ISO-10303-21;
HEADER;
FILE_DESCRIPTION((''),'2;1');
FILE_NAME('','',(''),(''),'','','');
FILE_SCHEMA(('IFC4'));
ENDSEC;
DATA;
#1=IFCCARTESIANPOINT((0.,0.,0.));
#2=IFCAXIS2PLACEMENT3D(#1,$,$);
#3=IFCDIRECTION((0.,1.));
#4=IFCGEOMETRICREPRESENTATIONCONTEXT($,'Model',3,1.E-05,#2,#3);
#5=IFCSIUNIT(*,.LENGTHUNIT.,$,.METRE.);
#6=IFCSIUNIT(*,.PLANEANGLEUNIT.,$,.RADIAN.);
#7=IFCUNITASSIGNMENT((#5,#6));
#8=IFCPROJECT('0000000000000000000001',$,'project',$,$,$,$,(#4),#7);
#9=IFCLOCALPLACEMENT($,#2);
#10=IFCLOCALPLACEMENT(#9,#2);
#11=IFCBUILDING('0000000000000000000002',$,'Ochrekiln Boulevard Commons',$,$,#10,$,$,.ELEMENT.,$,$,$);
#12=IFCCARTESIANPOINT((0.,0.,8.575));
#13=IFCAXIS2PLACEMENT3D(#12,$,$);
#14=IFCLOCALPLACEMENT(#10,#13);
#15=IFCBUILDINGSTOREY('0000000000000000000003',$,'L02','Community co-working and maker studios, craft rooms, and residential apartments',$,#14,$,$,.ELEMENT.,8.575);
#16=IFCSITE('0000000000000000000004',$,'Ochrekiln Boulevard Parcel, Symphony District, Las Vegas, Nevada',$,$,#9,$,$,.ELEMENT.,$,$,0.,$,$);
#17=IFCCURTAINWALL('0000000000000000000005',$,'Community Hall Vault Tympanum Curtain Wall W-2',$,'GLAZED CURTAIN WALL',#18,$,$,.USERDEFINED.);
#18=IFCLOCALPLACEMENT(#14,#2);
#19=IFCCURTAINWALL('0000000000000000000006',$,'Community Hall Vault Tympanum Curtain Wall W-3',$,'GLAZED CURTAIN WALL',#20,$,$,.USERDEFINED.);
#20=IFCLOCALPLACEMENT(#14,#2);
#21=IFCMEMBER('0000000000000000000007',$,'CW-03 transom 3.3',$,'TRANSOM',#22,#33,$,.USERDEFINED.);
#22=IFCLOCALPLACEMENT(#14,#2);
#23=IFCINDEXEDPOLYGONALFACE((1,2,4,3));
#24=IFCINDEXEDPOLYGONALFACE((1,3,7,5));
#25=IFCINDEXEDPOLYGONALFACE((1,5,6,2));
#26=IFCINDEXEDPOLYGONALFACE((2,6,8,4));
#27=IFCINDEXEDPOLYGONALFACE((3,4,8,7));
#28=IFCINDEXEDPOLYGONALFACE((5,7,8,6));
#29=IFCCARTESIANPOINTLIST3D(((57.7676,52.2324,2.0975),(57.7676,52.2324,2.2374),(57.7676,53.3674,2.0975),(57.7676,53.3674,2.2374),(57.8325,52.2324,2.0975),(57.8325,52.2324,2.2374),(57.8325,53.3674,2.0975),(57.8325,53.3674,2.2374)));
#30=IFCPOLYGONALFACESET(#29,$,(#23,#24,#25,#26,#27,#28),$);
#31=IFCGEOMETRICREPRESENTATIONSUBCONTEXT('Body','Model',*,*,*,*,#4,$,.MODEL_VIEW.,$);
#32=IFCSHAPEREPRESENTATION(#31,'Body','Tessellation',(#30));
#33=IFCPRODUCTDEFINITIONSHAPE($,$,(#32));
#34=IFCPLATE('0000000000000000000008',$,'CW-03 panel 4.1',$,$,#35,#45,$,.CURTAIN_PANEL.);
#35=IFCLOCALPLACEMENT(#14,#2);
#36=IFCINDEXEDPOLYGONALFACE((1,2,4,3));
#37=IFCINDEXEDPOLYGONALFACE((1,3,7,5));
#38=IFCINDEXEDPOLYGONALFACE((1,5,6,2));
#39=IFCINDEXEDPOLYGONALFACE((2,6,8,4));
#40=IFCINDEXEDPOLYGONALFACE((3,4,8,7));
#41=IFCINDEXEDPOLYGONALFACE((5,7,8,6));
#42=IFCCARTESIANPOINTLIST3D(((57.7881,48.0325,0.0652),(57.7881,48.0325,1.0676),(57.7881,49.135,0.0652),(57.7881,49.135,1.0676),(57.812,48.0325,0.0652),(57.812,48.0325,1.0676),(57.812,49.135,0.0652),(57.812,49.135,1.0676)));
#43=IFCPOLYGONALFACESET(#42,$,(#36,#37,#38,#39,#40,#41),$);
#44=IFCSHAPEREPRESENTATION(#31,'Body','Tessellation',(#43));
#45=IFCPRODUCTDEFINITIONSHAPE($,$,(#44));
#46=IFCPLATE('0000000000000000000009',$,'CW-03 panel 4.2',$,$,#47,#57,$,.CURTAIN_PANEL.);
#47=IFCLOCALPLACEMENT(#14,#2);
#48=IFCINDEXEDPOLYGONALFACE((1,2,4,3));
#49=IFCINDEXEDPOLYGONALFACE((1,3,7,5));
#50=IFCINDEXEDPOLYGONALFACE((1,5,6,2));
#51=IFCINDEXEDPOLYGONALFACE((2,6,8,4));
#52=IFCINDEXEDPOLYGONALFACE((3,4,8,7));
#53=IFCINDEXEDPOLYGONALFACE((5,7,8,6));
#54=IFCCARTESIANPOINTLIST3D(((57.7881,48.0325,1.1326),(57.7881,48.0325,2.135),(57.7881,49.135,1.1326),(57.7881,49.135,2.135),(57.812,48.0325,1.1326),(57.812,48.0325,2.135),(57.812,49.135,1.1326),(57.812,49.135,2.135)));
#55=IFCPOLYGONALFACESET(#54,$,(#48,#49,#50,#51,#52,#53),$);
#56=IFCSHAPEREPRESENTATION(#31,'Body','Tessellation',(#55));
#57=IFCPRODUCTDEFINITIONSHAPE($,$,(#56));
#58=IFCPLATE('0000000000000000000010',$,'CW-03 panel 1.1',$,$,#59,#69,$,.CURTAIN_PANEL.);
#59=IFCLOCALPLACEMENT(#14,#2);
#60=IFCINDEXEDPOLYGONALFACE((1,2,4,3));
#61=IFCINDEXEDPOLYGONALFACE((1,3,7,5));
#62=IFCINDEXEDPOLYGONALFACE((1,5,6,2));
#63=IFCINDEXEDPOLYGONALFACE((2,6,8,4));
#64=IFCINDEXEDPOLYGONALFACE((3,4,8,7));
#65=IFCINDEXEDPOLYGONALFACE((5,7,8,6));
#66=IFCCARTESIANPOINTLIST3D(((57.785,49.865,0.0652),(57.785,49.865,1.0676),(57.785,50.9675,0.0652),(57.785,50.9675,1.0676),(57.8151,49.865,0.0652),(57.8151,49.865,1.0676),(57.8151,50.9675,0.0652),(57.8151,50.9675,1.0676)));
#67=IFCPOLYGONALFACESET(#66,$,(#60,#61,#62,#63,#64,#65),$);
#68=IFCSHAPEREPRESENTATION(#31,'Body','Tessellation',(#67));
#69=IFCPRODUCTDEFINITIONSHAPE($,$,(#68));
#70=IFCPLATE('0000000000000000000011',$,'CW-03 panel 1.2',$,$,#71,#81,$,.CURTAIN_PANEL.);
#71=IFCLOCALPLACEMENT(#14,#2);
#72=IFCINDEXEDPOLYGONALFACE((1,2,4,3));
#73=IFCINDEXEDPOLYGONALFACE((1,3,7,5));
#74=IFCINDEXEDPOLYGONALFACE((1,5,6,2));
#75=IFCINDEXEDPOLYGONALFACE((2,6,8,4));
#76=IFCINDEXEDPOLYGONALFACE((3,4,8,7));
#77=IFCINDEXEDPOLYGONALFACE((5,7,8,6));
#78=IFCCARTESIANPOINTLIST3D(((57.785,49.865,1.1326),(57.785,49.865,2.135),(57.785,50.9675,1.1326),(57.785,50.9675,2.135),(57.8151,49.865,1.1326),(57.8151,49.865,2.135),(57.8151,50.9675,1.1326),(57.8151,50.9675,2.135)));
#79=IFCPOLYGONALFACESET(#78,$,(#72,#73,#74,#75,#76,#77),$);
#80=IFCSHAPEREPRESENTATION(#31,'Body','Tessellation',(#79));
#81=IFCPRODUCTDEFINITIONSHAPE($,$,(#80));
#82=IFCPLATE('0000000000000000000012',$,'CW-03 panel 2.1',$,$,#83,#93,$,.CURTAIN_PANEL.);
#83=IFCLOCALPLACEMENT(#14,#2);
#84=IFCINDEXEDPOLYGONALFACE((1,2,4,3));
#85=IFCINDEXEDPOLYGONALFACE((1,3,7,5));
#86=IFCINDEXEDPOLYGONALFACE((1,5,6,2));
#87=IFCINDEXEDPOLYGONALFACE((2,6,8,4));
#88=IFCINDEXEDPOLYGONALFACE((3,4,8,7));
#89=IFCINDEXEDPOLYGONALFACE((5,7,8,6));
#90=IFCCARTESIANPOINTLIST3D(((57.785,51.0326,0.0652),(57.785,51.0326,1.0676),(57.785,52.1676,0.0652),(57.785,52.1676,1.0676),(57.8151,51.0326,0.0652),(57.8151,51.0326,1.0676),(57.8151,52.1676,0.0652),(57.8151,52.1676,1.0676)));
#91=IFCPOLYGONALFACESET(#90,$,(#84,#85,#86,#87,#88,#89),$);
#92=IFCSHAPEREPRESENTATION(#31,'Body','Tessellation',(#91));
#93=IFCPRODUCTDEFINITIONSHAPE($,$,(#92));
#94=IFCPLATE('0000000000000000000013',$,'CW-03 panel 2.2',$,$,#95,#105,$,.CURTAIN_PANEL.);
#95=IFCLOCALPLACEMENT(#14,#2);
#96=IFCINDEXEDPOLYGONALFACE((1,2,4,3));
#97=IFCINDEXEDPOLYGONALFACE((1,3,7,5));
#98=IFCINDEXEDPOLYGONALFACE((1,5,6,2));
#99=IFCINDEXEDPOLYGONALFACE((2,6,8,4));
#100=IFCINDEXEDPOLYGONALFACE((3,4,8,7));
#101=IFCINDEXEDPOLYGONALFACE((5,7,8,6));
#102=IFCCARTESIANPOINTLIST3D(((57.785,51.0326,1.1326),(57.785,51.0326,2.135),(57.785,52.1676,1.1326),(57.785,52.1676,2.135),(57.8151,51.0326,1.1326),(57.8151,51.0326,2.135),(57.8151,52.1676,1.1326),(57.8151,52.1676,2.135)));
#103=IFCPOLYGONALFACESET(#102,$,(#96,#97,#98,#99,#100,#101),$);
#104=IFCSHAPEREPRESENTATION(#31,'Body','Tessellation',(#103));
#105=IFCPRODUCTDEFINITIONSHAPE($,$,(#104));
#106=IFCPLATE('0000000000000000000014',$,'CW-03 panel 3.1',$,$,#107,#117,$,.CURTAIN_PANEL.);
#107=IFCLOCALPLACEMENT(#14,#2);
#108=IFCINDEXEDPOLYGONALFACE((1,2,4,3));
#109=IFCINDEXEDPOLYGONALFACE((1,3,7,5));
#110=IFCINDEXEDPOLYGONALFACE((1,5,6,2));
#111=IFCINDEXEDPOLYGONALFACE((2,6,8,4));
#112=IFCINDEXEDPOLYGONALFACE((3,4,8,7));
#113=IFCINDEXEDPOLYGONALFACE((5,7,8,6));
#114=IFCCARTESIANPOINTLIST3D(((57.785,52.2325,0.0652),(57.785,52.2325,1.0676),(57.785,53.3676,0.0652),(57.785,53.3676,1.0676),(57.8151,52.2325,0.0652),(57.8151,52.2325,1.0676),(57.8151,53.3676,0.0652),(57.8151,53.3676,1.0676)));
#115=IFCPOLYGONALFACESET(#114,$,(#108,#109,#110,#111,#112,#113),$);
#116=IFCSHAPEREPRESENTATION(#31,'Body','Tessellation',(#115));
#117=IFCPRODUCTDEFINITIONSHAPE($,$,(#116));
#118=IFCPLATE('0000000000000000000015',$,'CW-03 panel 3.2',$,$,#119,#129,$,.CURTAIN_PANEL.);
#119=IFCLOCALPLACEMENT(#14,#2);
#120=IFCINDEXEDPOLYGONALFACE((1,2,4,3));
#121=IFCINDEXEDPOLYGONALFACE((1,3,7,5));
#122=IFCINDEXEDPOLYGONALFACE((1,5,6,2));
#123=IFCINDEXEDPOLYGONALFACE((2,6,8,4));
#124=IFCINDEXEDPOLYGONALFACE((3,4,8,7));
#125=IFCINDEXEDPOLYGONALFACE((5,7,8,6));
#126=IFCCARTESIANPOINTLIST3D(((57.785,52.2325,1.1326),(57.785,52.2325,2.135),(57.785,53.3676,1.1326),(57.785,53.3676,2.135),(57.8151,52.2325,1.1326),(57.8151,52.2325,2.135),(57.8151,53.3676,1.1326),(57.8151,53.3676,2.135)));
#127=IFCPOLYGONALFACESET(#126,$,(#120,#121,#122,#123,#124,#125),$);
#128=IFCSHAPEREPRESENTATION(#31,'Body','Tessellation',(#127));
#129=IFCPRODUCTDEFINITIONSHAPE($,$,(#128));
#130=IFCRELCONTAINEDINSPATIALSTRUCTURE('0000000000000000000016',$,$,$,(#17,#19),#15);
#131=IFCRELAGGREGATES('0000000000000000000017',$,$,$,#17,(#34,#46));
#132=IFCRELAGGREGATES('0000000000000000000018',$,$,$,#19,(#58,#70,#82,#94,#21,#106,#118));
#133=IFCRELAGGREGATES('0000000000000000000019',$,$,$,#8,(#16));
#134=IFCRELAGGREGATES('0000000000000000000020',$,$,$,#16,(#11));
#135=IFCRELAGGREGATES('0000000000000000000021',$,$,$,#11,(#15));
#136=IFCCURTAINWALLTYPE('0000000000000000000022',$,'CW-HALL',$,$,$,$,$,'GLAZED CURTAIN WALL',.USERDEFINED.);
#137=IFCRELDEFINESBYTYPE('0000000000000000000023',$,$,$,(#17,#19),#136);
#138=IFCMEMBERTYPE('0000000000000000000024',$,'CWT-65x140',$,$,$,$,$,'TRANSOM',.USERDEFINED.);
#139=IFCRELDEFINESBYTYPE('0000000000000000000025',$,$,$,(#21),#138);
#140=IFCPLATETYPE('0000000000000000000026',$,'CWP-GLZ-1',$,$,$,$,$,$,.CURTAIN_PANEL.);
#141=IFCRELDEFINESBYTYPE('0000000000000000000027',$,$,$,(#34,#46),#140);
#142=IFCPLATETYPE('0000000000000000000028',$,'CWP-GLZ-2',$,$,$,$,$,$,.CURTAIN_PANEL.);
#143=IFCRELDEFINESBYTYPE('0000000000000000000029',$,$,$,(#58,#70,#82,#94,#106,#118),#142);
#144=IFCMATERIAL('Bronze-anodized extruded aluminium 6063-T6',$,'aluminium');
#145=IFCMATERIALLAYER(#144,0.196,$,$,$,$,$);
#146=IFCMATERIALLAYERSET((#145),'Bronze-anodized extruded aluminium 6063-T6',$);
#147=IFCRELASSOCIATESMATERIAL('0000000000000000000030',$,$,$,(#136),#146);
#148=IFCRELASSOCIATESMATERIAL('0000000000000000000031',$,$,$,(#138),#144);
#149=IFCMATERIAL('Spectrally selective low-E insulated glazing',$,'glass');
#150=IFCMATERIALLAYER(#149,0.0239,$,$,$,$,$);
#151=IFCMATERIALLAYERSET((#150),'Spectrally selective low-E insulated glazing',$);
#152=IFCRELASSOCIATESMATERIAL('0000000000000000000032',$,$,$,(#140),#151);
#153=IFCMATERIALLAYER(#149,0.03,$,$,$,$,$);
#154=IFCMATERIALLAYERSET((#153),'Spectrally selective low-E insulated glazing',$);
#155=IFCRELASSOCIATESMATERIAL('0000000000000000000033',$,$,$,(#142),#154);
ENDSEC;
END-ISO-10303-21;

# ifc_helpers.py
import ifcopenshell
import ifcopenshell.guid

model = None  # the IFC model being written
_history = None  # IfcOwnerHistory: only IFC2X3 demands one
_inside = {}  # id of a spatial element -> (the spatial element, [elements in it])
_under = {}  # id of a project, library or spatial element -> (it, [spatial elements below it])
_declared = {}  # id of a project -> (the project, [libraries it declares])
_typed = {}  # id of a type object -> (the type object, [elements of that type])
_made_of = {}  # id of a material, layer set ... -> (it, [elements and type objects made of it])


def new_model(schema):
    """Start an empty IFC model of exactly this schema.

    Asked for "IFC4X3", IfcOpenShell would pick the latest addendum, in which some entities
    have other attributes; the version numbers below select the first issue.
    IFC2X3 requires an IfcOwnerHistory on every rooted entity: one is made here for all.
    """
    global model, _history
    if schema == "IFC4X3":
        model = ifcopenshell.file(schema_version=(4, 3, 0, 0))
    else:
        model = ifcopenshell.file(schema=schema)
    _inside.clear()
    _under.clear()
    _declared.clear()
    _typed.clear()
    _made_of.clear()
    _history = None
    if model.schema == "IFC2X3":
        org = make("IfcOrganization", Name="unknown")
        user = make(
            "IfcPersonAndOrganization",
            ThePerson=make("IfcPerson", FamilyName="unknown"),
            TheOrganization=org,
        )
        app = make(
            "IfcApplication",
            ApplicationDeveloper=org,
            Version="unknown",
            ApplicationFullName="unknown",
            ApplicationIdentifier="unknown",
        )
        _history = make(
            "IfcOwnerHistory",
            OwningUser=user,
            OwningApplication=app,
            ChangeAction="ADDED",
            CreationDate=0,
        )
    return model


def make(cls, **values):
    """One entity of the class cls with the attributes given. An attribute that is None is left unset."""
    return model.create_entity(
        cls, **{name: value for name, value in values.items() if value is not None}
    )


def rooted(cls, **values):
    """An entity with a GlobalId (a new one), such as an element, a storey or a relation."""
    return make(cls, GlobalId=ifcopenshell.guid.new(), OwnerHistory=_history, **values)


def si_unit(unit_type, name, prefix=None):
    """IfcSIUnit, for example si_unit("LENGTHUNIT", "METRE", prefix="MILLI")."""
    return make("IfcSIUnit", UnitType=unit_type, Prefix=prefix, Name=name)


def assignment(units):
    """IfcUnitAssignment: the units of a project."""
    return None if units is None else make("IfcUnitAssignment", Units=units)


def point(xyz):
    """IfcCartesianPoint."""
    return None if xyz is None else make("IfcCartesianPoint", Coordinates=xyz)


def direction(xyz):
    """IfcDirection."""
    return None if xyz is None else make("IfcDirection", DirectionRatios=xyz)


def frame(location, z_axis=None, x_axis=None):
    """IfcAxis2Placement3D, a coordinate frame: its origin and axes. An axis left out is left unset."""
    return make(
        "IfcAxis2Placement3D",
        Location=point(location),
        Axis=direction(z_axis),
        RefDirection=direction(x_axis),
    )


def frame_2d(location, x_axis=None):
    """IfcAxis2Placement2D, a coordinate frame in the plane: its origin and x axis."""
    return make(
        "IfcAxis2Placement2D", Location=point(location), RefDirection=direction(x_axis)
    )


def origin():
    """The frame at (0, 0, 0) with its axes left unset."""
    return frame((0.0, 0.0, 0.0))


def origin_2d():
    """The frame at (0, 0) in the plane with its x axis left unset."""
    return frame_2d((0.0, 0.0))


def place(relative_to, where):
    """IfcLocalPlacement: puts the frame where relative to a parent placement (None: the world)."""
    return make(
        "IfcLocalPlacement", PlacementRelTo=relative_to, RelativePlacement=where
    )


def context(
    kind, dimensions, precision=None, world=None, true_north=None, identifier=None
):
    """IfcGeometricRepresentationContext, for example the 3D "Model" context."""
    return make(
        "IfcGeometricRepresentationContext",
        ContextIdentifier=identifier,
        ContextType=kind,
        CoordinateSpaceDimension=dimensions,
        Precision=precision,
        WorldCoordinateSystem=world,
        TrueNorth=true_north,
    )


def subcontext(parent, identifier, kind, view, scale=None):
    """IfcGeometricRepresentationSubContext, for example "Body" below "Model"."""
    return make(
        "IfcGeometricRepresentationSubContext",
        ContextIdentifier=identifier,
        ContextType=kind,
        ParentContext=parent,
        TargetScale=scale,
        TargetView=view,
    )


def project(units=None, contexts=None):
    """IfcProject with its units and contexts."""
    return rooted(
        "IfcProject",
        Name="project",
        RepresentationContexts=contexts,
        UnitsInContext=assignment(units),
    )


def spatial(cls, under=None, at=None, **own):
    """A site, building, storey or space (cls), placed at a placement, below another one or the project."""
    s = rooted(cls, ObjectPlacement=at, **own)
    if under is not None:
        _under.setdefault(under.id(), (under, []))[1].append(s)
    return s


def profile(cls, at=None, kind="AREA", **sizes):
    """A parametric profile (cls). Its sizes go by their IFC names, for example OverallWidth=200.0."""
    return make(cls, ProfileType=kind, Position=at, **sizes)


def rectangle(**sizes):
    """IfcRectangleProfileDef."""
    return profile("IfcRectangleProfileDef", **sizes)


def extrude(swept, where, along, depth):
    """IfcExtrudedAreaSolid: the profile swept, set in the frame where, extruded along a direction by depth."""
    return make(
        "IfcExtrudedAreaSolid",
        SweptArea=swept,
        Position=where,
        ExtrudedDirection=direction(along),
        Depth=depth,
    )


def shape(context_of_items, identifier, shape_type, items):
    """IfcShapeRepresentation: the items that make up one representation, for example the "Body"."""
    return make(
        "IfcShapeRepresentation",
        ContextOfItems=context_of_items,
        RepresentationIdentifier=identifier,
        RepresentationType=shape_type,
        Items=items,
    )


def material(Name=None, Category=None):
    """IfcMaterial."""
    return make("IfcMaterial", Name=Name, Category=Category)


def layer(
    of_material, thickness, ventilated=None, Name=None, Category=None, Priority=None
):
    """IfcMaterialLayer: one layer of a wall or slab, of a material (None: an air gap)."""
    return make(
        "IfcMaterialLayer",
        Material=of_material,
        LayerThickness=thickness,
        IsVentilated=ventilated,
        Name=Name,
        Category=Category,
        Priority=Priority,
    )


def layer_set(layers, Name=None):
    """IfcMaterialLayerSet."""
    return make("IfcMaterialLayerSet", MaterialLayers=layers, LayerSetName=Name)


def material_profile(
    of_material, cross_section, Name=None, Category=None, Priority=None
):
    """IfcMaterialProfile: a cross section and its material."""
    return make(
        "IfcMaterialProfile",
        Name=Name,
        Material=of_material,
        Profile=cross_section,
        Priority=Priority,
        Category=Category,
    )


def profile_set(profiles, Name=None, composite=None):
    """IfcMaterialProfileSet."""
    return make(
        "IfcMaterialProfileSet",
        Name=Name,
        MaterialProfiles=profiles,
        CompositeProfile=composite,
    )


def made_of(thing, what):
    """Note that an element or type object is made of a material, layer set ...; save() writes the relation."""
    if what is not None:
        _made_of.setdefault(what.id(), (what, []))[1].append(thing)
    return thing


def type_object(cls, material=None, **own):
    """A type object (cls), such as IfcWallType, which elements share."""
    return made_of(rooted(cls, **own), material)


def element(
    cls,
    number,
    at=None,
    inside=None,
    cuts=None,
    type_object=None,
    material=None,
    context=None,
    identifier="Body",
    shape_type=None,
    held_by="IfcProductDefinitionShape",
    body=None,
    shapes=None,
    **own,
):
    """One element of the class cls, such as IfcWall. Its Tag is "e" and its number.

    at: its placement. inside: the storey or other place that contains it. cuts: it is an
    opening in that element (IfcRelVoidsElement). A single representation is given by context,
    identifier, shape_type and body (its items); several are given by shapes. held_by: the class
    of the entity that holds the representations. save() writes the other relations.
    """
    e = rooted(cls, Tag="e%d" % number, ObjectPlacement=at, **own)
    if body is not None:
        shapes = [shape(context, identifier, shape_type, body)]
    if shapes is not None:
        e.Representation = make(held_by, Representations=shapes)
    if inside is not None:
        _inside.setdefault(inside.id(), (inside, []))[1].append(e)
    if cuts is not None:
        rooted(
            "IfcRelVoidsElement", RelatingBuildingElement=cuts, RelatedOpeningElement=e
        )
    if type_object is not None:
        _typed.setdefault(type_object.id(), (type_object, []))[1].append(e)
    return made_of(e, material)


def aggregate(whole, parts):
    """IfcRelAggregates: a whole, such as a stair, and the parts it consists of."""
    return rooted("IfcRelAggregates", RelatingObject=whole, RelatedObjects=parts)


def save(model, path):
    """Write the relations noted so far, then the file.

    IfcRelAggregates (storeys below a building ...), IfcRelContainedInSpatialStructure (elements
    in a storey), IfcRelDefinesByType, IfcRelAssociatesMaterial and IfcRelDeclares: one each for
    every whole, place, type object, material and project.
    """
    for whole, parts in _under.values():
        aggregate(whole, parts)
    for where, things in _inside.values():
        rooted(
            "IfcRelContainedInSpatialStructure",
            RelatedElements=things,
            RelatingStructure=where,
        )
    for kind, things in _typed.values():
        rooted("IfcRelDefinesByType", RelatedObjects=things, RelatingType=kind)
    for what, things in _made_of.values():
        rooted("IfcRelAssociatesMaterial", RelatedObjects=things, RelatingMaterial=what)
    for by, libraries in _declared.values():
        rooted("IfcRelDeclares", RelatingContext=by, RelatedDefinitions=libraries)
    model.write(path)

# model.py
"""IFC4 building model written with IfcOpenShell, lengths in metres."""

from ifc_helpers import new_model, si_unit, direction, frame, origin, origin_2d, place, context, subcontext, project, spatial, rectangle, extrude, material, layer, layer_set, material_profile, profile_set, type_object, element, aggregate, save


model = new_model("IFC4")

# Units and contexts
model_context = context("Model", 3, precision=1e-05, world=origin(), true_north=direction((0.0, 1.0)))
body_context = subcontext(model_context, "Body", "Model", "MODEL_VIEW")
ifc_project = project(units=[si_unit("LENGTHUNIT", "METRE"), si_unit("PLANEANGLEUNIT", "RADIAN")], contexts=[model_context])

# Site, building, storey
site_placement = place(None, origin())
site = spatial("IfcSite", under=ifc_project, at=site_placement, Name="Ochrekiln Boulevard Parcel, Symphony District, Las Vegas, Nevada", CompositionType="ELEMENT", RefElevation=0.0)
building_placement = place(site_placement, origin())
building = spatial("IfcBuilding", under=site, at=building_placement, Name="Ochrekiln Boulevard Commons", CompositionType="ELEMENT")
storey_placement = place(building_placement, frame((0.0, 0.0, 8.575)))
storey = spatial("IfcBuildingStorey", under=building, at=storey_placement, Name="L02", Description="Community co-working and maker studios, craft rooms, and residential apartments", CompositionType="ELEMENT", Elevation=8.575)

# Curtain wall
ifc_material_1 = material(Name="Bronze-anodized extruded aluminium 6063-T6", Category="aluminium")
ifc_layer_1 = layer(ifc_material_1, 0.196)
ifc_layer_set_1 = layer_set([ifc_layer_1], Name="Bronze-anodized extruded aluminium 6063-T6")
curtain_wall_type = type_object("IfcCurtainWallType", Name="CW-HALL", ElementType="GLAZED CURTAIN WALL", PredefinedType="USERDEFINED", material=ifc_layer_set_1)
curtain_wall_1_placement = place(storey_placement, origin())
curtain_wall_1 = element("IfcCurtainWall", 1, at=curtain_wall_1_placement, inside=storey, type_object=curtain_wall_type, Name="Community Hall Vault Tympanum Curtain Wall W-2", ObjectType="GLAZED CURTAIN WALL", PredefinedType="USERDEFINED")

# Curtain wall
curtain_wall_2_placement = place(storey_placement, origin())
curtain_wall_2 = element("IfcCurtainWall", 2, at=curtain_wall_2_placement, inside=storey, type_object=curtain_wall_type, Name="Community Hall Vault Tympanum Curtain Wall W-3", ObjectType="GLAZED CURTAIN WALL", PredefinedType="USERDEFINED")

# Member
ifc_material_profile_1 = material_profile(ifc_material_1, rectangle(XDim=0.0649, YDim=0.1399, at=origin_2d()), Name="ALU-TRN-65x140")
ifc_profile_set_1 = profile_set([ifc_material_profile_1], Name="Bronze-anodized extruded aluminium 6063-T6")
member_type_1 = type_object("IfcMemberType", Name="CWT-65x140", ElementType="TRANSOM", PredefinedType="USERDEFINED", material=ifc_profile_set_1)
member_1_placement = place(storey_placement, frame((57.8, 52.2324, 2.1675), z_axis=(0.0, 1.0, 0.0), x_axis=(-1.0, 0.0, 0.0)))
member_1 = element("IfcMember", 3, at=member_1_placement, type_object=member_type_1, Name="CW-03 transom 3.3", ObjectType="TRANSOM", PredefinedType="USERDEFINED", context=body_context, shape_type="SweptSolid", body=[
    extrude(rectangle(XDim=0.0649, YDim=0.1399, at=origin_2d()), origin(), (0.0, 0.0, 1.0), 1.135),
])

# Plates
ifc_material_2 = material(Name="Spectrally selective low-E insulated glazing", Category="glass")
ifc_layer_2 = layer(ifc_material_2, 0.0239)
ifc_layer_set_2 = layer_set([ifc_layer_2], Name="Spectrally selective low-E insulated glazing")
plate_type_1 = type_object("IfcPlateType", Name="CWP-GLZ-1", PredefinedType="CURTAIN_PANEL", material=ifc_layer_set_2)
plate_1_placement = place(storey_placement, frame((57.8, 48.5837, 0.0652), z_axis=(0.0, 0.0, 1.0), x_axis=(0.0, 1.0, 0.0)))
plate_1 = element("IfcPlate", 4, at=plate_1_placement, type_object=plate_type_1, Name="CW-03 panel 4.1", PredefinedType="CURTAIN_PANEL", context=body_context, shape_type="SweptSolid", body=[
    extrude(rectangle(XDim=1.1025, YDim=0.0239, at=origin_2d()), origin(), (0.0, 0.0, 1.0), 1.0024),
])
plate_2_placement = place(storey_placement, frame((57.8, 48.5837, 1.1326), z_axis=(0.0, 0.0, 1.0), x_axis=(0.0, 1.0, 0.0)))
plate_2 = element("IfcPlate", 5, at=plate_2_placement, type_object=plate_type_1, Name="CW-03 panel 4.2", PredefinedType="CURTAIN_PANEL", context=body_context, shape_type="SweptSolid", body=[
    extrude(rectangle(XDim=1.1025, YDim=0.0239, at=origin_2d()), origin(), (0.0, 0.0, 1.0), 1.0024),
])
aggregate(curtain_wall_1, [plate_1, plate_2])
ifc_layer_3 = layer(ifc_material_2, 0.03)
ifc_layer_set_3 = layer_set([ifc_layer_3], Name="Spectrally selective low-E insulated glazing")
plate_type_2 = type_object("IfcPlateType", Name="CWP-GLZ-2", PredefinedType="CURTAIN_PANEL", material=ifc_layer_set_3)
plate_3_placement = place(storey_placement, frame((57.8, 50.4163, 0.0652), z_axis=(0.0, 0.0, 1.0), x_axis=(0.0, 1.0, 0.0)))
plate_3 = element("IfcPlate", 6, at=plate_3_placement, type_object=plate_type_2, Name="CW-03 panel 1.1", PredefinedType="CURTAIN_PANEL", context=body_context, shape_type="SweptSolid", body=[
    extrude(rectangle(XDim=1.1025, YDim=0.03, at=origin_2d()), origin(), (0.0, 0.0, 1.0), 1.0024),
])
plate_4_placement = place(storey_placement, frame((57.8, 50.4163, 1.1326), z_axis=(0.0, 0.0, 1.0), x_axis=(0.0, 1.0, 0.0)))
plate_4 = element("IfcPlate", 7, at=plate_4_placement, type_object=plate_type_2, Name="CW-03 panel 1.2", PredefinedType="CURTAIN_PANEL", context=body_context, shape_type="SweptSolid", body=[
    extrude(rectangle(XDim=1.1025, YDim=0.03, at=origin_2d()), origin(), (0.0, 0.0, 1.0), 1.0024),
])
plate_5_placement = place(storey_placement, frame((57.8, 51.6001, 0.0652), z_axis=(0.0, 0.0, 1.0), x_axis=(0.0, 1.0, 0.0)))
plate_5 = element("IfcPlate", 8, at=plate_5_placement, type_object=plate_type_2, Name="CW-03 panel 2.1", PredefinedType="CURTAIN_PANEL", context=body_context, shape_type="SweptSolid", body=[
    extrude(rectangle(XDim=1.135, YDim=0.03, at=origin_2d()), origin(), (0.0, 0.0, 1.0), 1.0024),
])
plate_6_placement = place(storey_placement, frame((57.8, 51.6001, 1.1326), z_axis=(0.0, 0.0, 1.0), x_axis=(0.0, 1.0, 0.0)))
plate_6 = element("IfcPlate", 9, at=plate_6_placement, type_object=plate_type_2, Name="CW-03 panel 2.2", PredefinedType="CURTAIN_PANEL", context=body_context, shape_type="SweptSolid", body=[
    extrude(rectangle(XDim=1.135, YDim=0.03, at=origin_2d()), origin(), (0.0, 0.0, 1.0), 1.0024),
])
plate_7_placement = place(storey_placement, frame((57.8, 52.8, 0.0652), z_axis=(0.0, 0.0, 1.0), x_axis=(0.0, 1.0, 0.0)))
plate_7 = element("IfcPlate", 10, at=plate_7_placement, type_object=plate_type_2, Name="CW-03 panel 3.1", PredefinedType="CURTAIN_PANEL", context=body_context, shape_type="SweptSolid", body=[
    extrude(rectangle(XDim=1.135, YDim=0.03, at=origin_2d()), origin(), (0.0, 0.0, 1.0), 1.0024),
])
plate_8_placement = place(storey_placement, frame((57.8, 52.8, 1.1326), z_axis=(0.0, 0.0, 1.0), x_axis=(0.0, 1.0, 0.0)))
plate_8 = element("IfcPlate", 11, at=plate_8_placement, type_object=plate_type_2, Name="CW-03 panel 3.2", PredefinedType="CURTAIN_PANEL", context=body_context, shape_type="SweptSolid", body=[
    extrude(rectangle(XDim=1.135, YDim=0.03, at=origin_2d()), origin(), (0.0, 0.0, 1.0), 1.0024),
])
aggregate(curtain_wall_2, [plate_3, plate_4, plate_5, plate_6, member_1, plate_7, plate_8])

save(model, "model.ifc")
